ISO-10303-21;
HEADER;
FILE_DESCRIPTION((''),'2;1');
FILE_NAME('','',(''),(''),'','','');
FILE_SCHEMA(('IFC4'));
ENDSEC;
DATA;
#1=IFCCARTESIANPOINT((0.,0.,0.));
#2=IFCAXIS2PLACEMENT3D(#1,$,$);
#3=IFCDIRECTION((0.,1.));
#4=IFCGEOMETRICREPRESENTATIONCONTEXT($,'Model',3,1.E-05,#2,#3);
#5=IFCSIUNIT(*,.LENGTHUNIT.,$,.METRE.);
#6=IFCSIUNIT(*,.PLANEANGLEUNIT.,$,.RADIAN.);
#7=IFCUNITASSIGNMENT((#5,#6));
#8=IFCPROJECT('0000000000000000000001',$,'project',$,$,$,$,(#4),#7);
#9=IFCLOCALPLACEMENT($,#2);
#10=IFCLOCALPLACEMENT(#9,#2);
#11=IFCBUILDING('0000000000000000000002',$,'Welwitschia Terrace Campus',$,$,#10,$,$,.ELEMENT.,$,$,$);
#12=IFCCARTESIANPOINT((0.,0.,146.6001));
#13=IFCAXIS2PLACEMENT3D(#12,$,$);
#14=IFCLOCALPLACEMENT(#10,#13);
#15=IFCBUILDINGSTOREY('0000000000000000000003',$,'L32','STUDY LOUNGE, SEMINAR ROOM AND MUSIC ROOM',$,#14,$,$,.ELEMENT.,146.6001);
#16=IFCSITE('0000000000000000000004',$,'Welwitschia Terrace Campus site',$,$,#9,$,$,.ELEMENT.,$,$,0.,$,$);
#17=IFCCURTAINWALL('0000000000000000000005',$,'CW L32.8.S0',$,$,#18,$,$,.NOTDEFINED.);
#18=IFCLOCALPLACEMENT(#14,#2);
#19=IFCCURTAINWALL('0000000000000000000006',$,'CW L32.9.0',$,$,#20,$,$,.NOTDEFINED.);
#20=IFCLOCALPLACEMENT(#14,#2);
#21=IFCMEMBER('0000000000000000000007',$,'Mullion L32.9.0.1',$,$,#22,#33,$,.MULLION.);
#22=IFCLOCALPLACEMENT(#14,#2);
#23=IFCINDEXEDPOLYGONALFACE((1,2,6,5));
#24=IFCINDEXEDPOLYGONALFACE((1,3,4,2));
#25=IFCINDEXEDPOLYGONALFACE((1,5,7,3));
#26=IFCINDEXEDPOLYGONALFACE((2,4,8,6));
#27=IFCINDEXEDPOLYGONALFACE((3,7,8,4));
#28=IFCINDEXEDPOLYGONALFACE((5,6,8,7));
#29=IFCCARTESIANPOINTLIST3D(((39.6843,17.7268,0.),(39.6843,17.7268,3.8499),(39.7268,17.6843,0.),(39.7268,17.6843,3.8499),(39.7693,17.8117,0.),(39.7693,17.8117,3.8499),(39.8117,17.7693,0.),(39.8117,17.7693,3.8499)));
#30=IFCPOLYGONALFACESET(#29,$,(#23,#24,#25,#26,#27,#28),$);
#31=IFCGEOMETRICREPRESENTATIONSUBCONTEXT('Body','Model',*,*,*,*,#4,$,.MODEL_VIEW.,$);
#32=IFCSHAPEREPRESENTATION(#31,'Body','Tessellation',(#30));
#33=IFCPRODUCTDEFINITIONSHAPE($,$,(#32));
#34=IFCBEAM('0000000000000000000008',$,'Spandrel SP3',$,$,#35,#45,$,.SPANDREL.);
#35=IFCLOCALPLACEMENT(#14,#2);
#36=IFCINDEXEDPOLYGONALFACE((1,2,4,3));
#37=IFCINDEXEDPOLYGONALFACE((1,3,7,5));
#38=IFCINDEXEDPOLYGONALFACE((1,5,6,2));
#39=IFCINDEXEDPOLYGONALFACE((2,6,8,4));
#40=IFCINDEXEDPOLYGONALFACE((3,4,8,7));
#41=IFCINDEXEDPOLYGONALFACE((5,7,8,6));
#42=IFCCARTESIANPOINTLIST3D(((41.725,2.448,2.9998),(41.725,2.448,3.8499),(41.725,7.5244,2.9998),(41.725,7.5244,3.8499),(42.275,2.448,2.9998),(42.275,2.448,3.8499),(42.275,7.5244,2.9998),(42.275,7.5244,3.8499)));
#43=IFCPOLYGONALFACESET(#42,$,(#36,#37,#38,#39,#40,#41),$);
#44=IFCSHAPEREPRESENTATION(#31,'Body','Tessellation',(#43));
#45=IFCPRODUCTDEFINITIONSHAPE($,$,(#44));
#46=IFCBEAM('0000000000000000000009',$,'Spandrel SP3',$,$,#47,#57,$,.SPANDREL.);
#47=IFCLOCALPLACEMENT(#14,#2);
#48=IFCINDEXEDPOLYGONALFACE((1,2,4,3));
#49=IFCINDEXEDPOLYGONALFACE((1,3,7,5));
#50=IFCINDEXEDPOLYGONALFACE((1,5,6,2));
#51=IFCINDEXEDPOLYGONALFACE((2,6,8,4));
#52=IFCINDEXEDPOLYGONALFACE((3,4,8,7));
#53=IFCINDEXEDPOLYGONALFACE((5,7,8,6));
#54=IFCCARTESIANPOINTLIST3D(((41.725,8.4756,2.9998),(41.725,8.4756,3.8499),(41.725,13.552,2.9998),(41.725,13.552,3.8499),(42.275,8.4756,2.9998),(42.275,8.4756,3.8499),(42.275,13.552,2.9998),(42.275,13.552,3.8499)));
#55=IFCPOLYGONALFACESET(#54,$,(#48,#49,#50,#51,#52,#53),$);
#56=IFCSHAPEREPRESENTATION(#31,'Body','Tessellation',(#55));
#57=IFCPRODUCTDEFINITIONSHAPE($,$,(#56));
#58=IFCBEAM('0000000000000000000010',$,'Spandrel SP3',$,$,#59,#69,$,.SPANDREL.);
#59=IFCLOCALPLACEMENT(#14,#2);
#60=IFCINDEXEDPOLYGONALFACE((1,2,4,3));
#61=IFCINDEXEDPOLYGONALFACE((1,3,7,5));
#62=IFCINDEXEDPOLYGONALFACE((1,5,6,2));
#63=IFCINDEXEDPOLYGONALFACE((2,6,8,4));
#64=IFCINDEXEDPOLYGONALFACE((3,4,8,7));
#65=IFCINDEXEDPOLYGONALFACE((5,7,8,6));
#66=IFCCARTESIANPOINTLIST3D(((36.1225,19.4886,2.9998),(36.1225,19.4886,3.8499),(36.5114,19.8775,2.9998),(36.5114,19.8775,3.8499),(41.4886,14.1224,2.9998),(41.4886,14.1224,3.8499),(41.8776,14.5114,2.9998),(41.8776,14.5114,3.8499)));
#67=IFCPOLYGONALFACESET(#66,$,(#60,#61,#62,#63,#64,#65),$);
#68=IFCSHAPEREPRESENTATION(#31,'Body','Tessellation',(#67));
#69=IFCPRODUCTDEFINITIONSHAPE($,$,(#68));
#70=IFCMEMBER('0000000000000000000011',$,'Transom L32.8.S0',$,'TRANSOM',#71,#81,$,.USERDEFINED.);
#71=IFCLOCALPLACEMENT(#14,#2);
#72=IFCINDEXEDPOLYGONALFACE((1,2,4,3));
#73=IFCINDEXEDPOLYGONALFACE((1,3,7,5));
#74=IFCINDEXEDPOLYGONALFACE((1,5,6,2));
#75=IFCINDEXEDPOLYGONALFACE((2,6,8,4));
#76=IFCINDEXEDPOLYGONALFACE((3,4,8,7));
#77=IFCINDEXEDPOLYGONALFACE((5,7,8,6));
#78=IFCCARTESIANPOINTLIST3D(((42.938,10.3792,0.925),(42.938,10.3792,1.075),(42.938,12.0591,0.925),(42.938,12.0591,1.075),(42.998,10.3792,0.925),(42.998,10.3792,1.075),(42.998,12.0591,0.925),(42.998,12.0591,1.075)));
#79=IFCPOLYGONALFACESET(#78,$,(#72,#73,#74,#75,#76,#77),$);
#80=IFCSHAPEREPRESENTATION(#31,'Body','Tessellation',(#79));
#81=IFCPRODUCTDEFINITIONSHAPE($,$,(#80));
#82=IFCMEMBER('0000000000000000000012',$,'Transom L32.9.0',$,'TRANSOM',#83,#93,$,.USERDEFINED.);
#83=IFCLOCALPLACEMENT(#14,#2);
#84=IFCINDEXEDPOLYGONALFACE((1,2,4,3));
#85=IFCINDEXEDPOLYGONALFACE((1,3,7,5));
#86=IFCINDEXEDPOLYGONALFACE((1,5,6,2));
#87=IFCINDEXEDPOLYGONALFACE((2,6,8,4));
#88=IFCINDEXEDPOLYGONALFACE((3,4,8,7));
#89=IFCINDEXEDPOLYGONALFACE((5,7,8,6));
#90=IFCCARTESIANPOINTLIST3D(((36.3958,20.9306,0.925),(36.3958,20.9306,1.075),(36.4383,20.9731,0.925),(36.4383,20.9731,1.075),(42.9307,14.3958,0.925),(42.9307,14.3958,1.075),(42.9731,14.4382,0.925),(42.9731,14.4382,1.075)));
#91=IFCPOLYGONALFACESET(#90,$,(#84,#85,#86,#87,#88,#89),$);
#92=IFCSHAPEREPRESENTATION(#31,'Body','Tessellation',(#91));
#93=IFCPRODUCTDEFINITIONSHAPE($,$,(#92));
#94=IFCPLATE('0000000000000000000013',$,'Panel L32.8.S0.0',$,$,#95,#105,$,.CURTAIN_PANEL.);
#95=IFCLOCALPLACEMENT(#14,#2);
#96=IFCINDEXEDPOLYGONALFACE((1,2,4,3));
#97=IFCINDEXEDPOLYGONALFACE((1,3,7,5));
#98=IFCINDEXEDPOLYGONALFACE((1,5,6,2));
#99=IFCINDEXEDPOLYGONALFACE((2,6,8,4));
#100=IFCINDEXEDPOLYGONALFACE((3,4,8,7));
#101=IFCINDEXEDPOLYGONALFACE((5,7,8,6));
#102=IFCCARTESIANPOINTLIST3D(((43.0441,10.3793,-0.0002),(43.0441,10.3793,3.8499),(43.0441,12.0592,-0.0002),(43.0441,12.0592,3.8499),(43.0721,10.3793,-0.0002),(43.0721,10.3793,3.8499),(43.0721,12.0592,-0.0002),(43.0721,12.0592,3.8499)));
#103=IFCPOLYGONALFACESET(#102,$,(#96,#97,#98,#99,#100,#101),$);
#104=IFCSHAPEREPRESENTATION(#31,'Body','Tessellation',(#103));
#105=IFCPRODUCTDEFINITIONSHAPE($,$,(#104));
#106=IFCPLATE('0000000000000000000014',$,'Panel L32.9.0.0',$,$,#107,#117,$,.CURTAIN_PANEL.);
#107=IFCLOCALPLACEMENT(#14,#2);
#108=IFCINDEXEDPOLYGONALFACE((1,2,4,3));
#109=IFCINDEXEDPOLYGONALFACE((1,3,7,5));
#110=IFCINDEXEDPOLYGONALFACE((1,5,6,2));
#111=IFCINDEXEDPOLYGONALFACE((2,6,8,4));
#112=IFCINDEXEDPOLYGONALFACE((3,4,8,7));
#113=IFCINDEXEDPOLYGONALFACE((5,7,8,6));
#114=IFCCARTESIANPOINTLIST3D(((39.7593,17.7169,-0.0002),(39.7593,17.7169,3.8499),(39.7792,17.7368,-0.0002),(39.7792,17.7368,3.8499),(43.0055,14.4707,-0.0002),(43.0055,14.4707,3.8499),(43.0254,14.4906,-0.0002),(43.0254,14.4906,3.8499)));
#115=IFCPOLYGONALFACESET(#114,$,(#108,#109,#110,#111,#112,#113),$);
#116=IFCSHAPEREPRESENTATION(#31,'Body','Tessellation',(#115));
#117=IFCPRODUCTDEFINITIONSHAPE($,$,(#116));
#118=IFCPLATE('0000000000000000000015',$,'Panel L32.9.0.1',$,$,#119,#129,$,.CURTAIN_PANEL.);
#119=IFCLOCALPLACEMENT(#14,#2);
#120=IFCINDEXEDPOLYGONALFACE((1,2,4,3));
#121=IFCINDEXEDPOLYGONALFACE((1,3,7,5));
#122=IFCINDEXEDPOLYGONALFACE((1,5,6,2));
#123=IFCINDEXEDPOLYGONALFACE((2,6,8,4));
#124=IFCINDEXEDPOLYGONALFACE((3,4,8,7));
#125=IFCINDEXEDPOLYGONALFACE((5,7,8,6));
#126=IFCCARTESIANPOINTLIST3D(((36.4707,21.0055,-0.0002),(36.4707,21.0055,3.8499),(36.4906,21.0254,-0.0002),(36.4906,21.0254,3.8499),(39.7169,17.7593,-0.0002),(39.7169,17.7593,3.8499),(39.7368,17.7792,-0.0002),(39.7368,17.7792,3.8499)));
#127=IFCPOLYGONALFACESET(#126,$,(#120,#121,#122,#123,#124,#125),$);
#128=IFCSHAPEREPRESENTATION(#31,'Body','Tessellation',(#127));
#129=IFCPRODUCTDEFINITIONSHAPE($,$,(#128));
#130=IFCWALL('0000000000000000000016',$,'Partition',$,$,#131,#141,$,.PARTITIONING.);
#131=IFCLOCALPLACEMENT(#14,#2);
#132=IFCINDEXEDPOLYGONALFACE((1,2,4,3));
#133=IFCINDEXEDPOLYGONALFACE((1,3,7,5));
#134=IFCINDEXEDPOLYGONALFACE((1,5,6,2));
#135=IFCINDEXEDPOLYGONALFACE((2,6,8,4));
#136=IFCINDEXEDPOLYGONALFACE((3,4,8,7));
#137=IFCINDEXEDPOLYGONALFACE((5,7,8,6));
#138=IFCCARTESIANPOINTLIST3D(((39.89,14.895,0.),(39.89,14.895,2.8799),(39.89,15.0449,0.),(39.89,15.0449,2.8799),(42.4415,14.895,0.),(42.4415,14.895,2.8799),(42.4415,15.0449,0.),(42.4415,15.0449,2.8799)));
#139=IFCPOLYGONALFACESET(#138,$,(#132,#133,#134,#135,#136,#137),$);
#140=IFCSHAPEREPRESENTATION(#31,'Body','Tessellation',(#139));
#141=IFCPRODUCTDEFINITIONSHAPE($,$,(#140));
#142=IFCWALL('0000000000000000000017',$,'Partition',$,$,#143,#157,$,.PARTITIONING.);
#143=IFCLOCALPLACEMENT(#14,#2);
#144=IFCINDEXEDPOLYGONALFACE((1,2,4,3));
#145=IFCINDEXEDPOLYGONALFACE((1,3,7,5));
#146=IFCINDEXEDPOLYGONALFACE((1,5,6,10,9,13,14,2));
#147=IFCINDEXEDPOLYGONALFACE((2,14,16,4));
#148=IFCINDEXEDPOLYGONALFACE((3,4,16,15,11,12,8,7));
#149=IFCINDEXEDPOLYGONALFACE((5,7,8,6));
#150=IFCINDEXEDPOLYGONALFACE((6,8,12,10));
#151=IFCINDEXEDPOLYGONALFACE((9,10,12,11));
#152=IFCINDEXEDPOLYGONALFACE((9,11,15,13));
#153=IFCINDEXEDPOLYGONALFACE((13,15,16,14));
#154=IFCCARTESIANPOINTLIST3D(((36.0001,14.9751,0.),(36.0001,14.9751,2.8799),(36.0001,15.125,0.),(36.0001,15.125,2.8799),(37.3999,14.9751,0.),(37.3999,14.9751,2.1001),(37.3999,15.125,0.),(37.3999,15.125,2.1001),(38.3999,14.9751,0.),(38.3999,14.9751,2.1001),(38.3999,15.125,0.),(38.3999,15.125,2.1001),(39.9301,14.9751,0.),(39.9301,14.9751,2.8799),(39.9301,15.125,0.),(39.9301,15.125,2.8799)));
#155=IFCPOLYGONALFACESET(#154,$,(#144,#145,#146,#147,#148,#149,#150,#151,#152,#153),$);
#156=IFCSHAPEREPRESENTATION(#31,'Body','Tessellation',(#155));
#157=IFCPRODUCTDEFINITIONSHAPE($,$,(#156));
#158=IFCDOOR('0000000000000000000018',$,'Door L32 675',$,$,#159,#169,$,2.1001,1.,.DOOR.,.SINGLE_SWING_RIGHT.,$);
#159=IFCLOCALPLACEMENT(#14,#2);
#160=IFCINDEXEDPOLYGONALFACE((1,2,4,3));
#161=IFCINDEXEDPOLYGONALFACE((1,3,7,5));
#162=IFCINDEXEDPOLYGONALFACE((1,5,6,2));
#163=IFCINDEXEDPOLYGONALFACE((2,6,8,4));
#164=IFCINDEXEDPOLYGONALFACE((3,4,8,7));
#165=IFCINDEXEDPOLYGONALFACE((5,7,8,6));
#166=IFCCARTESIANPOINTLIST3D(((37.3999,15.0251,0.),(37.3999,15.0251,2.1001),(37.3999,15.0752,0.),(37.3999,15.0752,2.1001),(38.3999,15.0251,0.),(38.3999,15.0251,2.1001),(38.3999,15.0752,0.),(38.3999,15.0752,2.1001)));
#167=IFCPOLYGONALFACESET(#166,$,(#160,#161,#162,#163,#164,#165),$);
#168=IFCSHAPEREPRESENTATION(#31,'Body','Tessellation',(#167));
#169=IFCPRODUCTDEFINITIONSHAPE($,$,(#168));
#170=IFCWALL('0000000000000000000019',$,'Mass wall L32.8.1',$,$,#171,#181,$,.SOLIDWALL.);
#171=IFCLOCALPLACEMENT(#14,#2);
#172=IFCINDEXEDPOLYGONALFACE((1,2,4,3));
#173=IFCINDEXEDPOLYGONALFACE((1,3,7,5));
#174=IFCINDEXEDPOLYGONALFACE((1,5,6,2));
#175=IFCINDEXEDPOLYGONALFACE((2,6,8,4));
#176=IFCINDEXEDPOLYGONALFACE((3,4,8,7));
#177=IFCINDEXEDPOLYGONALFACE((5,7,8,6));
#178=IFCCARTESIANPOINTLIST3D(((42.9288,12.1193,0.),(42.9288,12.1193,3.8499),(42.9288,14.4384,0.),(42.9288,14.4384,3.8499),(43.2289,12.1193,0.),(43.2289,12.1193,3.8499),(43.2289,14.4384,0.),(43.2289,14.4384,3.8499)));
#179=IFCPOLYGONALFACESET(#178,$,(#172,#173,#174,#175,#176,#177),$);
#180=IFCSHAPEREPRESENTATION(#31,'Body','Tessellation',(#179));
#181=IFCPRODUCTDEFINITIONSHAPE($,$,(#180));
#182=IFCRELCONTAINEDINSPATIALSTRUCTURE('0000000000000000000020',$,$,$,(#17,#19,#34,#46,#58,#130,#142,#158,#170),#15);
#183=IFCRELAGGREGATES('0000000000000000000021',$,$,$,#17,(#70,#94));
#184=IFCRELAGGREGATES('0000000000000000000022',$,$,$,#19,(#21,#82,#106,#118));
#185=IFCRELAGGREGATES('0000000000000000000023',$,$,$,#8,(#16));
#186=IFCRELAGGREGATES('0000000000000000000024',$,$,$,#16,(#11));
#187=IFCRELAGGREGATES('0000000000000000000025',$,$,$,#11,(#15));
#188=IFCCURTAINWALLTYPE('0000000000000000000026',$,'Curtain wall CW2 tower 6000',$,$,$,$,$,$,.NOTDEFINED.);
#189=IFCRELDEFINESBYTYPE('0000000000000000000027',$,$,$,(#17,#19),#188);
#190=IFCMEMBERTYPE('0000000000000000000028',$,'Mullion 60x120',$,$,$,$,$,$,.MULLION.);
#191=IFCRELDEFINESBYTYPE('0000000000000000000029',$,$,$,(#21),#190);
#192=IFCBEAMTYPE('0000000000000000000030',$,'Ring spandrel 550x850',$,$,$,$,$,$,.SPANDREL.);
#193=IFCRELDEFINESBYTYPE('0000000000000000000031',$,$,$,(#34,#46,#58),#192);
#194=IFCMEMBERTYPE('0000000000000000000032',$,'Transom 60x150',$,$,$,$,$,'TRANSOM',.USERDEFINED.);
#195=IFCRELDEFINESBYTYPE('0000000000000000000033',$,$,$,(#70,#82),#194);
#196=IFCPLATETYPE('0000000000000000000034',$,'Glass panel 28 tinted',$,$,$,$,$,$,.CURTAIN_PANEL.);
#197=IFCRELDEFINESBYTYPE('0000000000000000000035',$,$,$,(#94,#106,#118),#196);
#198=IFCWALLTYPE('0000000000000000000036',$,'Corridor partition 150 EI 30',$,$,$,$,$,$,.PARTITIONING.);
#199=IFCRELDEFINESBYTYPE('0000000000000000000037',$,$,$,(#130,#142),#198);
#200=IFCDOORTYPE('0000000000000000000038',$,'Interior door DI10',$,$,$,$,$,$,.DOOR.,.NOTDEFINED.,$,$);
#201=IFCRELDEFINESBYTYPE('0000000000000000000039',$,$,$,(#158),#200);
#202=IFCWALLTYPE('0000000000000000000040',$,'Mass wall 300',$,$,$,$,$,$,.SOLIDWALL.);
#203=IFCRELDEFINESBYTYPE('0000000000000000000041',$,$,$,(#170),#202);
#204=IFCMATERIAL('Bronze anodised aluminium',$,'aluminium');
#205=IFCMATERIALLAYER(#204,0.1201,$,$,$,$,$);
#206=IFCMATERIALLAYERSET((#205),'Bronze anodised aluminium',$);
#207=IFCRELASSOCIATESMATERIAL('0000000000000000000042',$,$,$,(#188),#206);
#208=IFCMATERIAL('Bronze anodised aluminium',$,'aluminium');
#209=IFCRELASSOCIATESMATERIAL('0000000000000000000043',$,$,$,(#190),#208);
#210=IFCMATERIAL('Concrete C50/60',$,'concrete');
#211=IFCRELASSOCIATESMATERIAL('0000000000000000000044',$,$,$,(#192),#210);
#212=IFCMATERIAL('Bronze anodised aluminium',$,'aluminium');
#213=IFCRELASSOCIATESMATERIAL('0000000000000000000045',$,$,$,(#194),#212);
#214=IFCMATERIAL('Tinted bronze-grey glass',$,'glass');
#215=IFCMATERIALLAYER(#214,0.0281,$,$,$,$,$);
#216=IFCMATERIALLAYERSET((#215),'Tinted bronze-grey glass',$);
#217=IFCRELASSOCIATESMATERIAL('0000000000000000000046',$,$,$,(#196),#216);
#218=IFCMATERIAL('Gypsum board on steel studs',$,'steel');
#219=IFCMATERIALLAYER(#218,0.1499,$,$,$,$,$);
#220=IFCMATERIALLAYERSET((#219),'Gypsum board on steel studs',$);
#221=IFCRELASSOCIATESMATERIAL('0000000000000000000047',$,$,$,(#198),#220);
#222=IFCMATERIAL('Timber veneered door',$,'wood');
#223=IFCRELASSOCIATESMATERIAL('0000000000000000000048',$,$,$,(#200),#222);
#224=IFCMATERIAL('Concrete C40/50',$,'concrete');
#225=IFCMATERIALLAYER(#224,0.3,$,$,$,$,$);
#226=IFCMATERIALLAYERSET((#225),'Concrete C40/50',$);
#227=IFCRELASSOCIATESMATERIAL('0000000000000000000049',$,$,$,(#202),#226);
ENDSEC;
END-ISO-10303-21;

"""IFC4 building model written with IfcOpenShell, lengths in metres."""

from ifc_helpers import new_model, si_unit, direction, frame, frame_2d, origin, origin_2d, place, context, subcontext, project, spatial, rectangle, extrude, material, layer, layer_set, material_profile, profile_set, type_object, element, fill, aggregate, save


model = new_model("IFC4")

# Units and contexts
model_context = context("Model", 3, precision=1e-05, world=origin(), true_north=direction((0.0, 1.0)))
body_context = subcontext(model_context, "Body", "Model", "MODEL_VIEW")
ifc_project = project(units=[si_unit("LENGTHUNIT", "METRE"), si_unit("PLANEANGLEUNIT", "RADIAN")], contexts=[model_context])

# Site, building, storey
site_placement = place(None, origin())
site = spatial("IfcSite", under=ifc_project, at=site_placement, Name="Welwitschia Terrace Campus site", CompositionType="ELEMENT", RefElevation=0.0)
building_placement = place(site_placement, origin())
building = spatial("IfcBuilding", under=site, at=building_placement, Name="Welwitschia Terrace Campus", CompositionType="ELEMENT")
storey_placement = place(building_placement, frame((0.0, 0.0, 146.6001)))
storey = spatial("IfcBuildingStorey", under=building, at=storey_placement, Name="L32", Description="STUDY LOUNGE, SEMINAR ROOM AND MUSIC ROOM", CompositionType="ELEMENT", Elevation=146.6001)

# Curtain walls, member
ifc_material_1 = material(Name="Bronze anodised aluminium", Category="aluminium")
ifc_layer_1 = layer(ifc_material_1, 0.1201)
ifc_layer_set_1 = layer_set([ifc_layer_1], Name="Bronze anodised aluminium")
curtain_wall_type = type_object("IfcCurtainWallType", Name="Curtain wall CW2 tower 6000", PredefinedType="NOTDEFINED", material=ifc_layer_set_1)
curtain_wall_1_placement = place(storey_placement, origin())
curtain_wall_1 = element("IfcCurtainWall", 1, at=curtain_wall_1_placement, inside=storey, type_object=curtain_wall_type, Name="CW L32.8.S0", PredefinedType="NOTDEFINED")
ifc_material_2 = material(Name="Bronze anodised aluminium", Category="aluminium")
ifc_material_profile_1 = material_profile(ifc_material_2, rectangle(XDim=0.1201, YDim=0.0601, at=origin_2d()))
ifc_profile_set_1 = profile_set([ifc_material_profile_1], Name="Bronze anodised aluminium")
member_type_1 = type_object("IfcMemberType", Name="Mullion 60x120", PredefinedType="MULLION", material=ifc_profile_set_1)
curtain_wall_2_placement = place(storey_placement, origin())
curtain_wall_2 = element("IfcCurtainWall", 2, at=curtain_wall_2_placement, inside=storey, type_object=curtain_wall_type, Name="CW L32.9.0", PredefinedType="NOTDEFINED")
member_1_placement = place(storey_placement, frame((39.748, 17.748, 0.0), z_axis=(0.0, 0.0, 1.0), x_axis=(-0.707107, -0.707107, 0.0)))
member_1 = element("IfcMember", 3, at=member_1_placement, type_object=member_type_1, Name="Mullion L32.9.0.1", PredefinedType="MULLION", context=body_context, shape_type="SweptSolid", body=[
    extrude(rectangle(XDim=0.1201, YDim=0.0601, at=origin_2d()), origin(), (0.0, 0.0, 1.0), 3.8499),
])

# Beams
ifc_material_3 = material(Name="Concrete C50/60", Category="concrete")
ifc_material_profile_2 = material_profile(ifc_material_3, rectangle(XDim=0.55, YDim=0.8501, at=origin_2d()))
ifc_profile_set_2 = profile_set([ifc_material_profile_2], Name="Concrete C50/60")
beam_type_1 = type_object("IfcBeamType", Name="Ring spandrel 550x850", PredefinedType="SPANDREL", material=ifc_profile_set_2)
for number, where, z_axis, x_axis, name in (
    (4, (42.0, 2.448, 3.4248), (0.0, 1.0, 0.0), (-1.0, 0.0, 0.0), "Spandrel SP3"),
    (5, (42.0, 8.4756, 3.4248), (0.0, 1.0, 0.0), (-1.0, 0.0, 0.0), "Spandrel SP3"),
):
    element("IfcBeam", number, at=place(storey_placement, frame(where, z_axis=z_axis, x_axis=x_axis)), inside=storey, type_object=beam_type_1, Name=name, PredefinedType="SPANDREL", context=body_context, shape_type="SweptSolid", body=[
        extrude(rectangle(XDim=0.55, YDim=0.8501, at=origin_2d()), origin(), (0.0, 0.0, 1.0), 5.0764),
    ])
beam_placement = place(storey_placement, frame((41.6831, 14.3169, 3.4248), z_axis=(-0.707107, 0.707107, 0.0), x_axis=(-0.707107, -0.707107, 0.0)))
element("IfcBeam", 6, at=beam_placement, inside=storey, type_object=beam_type_1, Name="Spandrel SP3", PredefinedType="SPANDREL", context=body_context, shape_type="SweptSolid", body=[
    extrude(rectangle(XDim=0.55, YDim=0.8501, at=origin_2d()), origin(), (0.0, 0.0, 1.0), 7.5889),
])

# Members
ifc_material_4 = material(Name="Bronze anodised aluminium", Category="aluminium")
ifc_material_profile_3 = material_profile(ifc_material_4, rectangle(XDim=0.0601, YDim=0.1499, at=origin_2d()))
ifc_profile_set_3 = profile_set([ifc_material_profile_3], Name="Bronze anodised aluminium")
member_type_2 = type_object("IfcMemberType", Name="Transom 60x150", ElementType="TRANSOM", PredefinedType="USERDEFINED", material=ifc_profile_set_3)
member_2_placement = place(storey_placement, frame((42.968, 10.3792, 1.0), z_axis=(0.0, 1.0, 0.0), x_axis=(-1.0, 0.0, 0.0)))
member_2 = element("IfcMember", 7, at=member_2_placement, type_object=member_type_2, Name="Transom L32.8.S0", ObjectType="TRANSOM", PredefinedType="USERDEFINED", context=body_context, shape_type="SweptSolid", body=[
    extrude(rectangle(XDim=0.0601, YDim=0.1499, at=origin_2d()), origin(), (0.0, 0.0, 1.0), 1.6799),
])
member_3_placement = place(storey_placement, frame((42.9519, 14.417, 1.0), z_axis=(-0.707107, 0.707107, 0.0), x_axis=(-0.707107, -0.707107, 0.0)))
member_3 = element("IfcMember", 8, at=member_3_placement, type_object=member_type_2, Name="Transom L32.9.0", ObjectType="TRANSOM", PredefinedType="USERDEFINED", context=body_context, shape_type="SweptSolid", body=[
    extrude(rectangle(XDim=0.0601, YDim=0.1499, at=origin_2d()), origin(), (0.0, 0.0, 1.0), 9.2417),
])

# Plates
ifc_material_5 = material(Name="Tinted bronze-grey glass", Category="glass")
ifc_layer_2 = layer(ifc_material_5, 0.0281)
ifc_layer_set_2 = layer_set([ifc_layer_2], Name="Tinted bronze-grey glass")
plate_type = type_object("IfcPlateType", Name="Glass panel 28 tinted", PredefinedType="CURTAIN_PANEL", material=ifc_layer_set_2)
plate_1_placement = place(storey_placement, frame((43.0581, 11.2192, -0.0002), z_axis=(0.0, 0.0, 1.0), x_axis=(0.0, 1.0, 0.0)))
plate_1 = element("IfcPlate", 9, at=plate_1_placement, type_object=plate_type, Name="Panel L32.8.S0.0", PredefinedType="CURTAIN_PANEL", context=body_context, shape_type="SweptSolid", body=[
    extrude(rectangle(XDim=1.6799, YDim=0.0281, at=origin_2d()), origin(), (0.0, 0.0, 1.0), 3.8501),
])
aggregate(curtain_wall_1, [member_2, plate_1])
plate_2_placement = place(storey_placement, frame((41.3923, 16.1038, -0.0002), z_axis=(0.0, 0.0, 1.0), x_axis=(-0.707107, 0.707107, 0.0)))
plate_2 = element("IfcPlate", 10, at=plate_2_placement, type_object=plate_type, Name="Panel L32.9.0.0", PredefinedType="CURTAIN_PANEL", context=body_context, shape_type="SweptSolid", body=[
    extrude(rectangle(XDim=4.5908, YDim=0.0281, at=origin_2d()), origin(), (0.0, 0.0, 1.0), 3.8501),
])
plate_3_placement = place(storey_placement, frame((38.1038, 19.3923, -0.0002), z_axis=(0.0, 0.0, 1.0), x_axis=(-0.707107, 0.707107, 0.0)))
plate_3 = element("IfcPlate", 11, at=plate_3_placement, type_object=plate_type, Name="Panel L32.9.0.1", PredefinedType="CURTAIN_PANEL", context=body_context, shape_type="SweptSolid", body=[
    extrude(rectangle(XDim=4.5908, YDim=0.0281, at=origin_2d()), origin(), (0.0, 0.0, 1.0), 3.8501),
])
aggregate(curtain_wall_2, [member_1, member_3, plate_2, plate_3])

# Wall
ifc_material_6 = material(Name="Gypsum board on steel studs", Category="steel")
ifc_layer_3 = layer(ifc_material_6, 0.1499)
ifc_layer_set_3 = layer_set([ifc_layer_3], Name="Gypsum board on steel studs")
wall_type_1 = type_object("IfcWallType", Name="Corridor partition 150 EI 30", PredefinedType="PARTITIONING", material=ifc_layer_set_3)
wall_1_placement = place(storey_placement, frame((39.8899, 14.97, 0.0), z_axis=(0.0, 0.0, 1.0), x_axis=(1.0, 0.0, 0.0)))
element("IfcWall", 12, at=wall_1_placement, inside=storey, type_object=wall_type_1, Name="Partition", PredefinedType="PARTITIONING", context=body_context, shape_type="SweptSolid", body=[
    extrude(rectangle(XDim=2.5515, YDim=0.1499, at=frame_2d((1.2759, 0.0))), origin(), (0.0, 0.0, 1.0), 2.8799),
])

# Wall, opening, door
wall_2_placement = place(storey_placement, frame((39.9299, 15.05, 0.0), z_axis=(0.0, 0.0, 1.0), x_axis=(-1.0, 0.0, 0.0)))
wall_2 = element("IfcWall", 13, at=wall_2_placement, inside=storey, type_object=wall_type_1, Name="Partition", PredefinedType="PARTITIONING", context=body_context, shape_type="SweptSolid", body=[
    extrude(rectangle(XDim=3.9299, YDim=0.1499, at=frame_2d((1.9648, 0.0))), origin(), (0.0, 0.0, 1.0), 2.8799),
])
opening_placement = place(wall_2_placement, frame((1.53, 0.0, 0.0)))
opening = element("IfcOpeningElement", 14, at=opening_placement, cuts=wall_2, PredefinedType="OPENING", context=body_context, shape_type="SweptSolid", body=[
    extrude(rectangle(XDim=1.0, YDim=2.1001, at=frame_2d((0.5, 1.05))), frame((0.0, 0.085, 0.0), z_axis=(0.0, -1.0, 0.0), x_axis=(1.0, 0.0, 0.0)), (0.0, 0.0, 1.0), 0.1699),
])
ifc_material_7 = material(Name="Timber veneered door", Category="wood")
door_type = type_object("IfcDoorType", Name="Interior door DI10", OperationType="NOTDEFINED", PredefinedType="DOOR", material=ifc_material_7)
door_placement = place(opening_placement, origin())
door = element("IfcDoor", 15, at=door_placement, inside=storey, type_object=door_type, Name="Door L32 675", OperationType="SINGLE_SWING_RIGHT", OverallHeight=2.1001, OverallWidth=1.0, PredefinedType="DOOR", context=body_context, shape_type="SweptSolid", body=[
    extrude(rectangle(XDim=1.0, YDim=2.1001, at=frame_2d((0.5, 1.05))), frame((0.0, 0.0249, 0.0), z_axis=(0.0, -1.0, 0.0), x_axis=(1.0, 0.0, 0.0)), (0.0, 0.0, 1.0), 0.05),
])
fill(opening, door)

# Wall
ifc_material_8 = material(Name="Concrete C40/50", Category="concrete")
ifc_layer_4 = layer(ifc_material_8, 0.3)
ifc_layer_set_4 = layer_set([ifc_layer_4], Name="Concrete C40/50")
wall_type_2 = type_object("IfcWallType", Name="Mass wall 300", PredefinedType="SOLIDWALL", material=ifc_layer_set_4)
wall_3_placement = place(storey_placement, frame((43.0789, 12.1191, 0.0), z_axis=(0.0, 0.0, 1.0), x_axis=(0.0, 1.0, 0.0)))
element("IfcWall", 16, at=wall_3_placement, inside=storey, type_object=wall_type_2, Name="Mass wall L32.8.1", PredefinedType="SOLIDWALL", context=body_context, shape_type="SweptSolid", body=[
    extrude(rectangle(XDim=2.3191, YDim=0.3, at=frame_2d((1.1597, 0.0))), origin(), (0.0, 0.0, 1.0), 3.8499),
])

save(model, "model.ifc")
